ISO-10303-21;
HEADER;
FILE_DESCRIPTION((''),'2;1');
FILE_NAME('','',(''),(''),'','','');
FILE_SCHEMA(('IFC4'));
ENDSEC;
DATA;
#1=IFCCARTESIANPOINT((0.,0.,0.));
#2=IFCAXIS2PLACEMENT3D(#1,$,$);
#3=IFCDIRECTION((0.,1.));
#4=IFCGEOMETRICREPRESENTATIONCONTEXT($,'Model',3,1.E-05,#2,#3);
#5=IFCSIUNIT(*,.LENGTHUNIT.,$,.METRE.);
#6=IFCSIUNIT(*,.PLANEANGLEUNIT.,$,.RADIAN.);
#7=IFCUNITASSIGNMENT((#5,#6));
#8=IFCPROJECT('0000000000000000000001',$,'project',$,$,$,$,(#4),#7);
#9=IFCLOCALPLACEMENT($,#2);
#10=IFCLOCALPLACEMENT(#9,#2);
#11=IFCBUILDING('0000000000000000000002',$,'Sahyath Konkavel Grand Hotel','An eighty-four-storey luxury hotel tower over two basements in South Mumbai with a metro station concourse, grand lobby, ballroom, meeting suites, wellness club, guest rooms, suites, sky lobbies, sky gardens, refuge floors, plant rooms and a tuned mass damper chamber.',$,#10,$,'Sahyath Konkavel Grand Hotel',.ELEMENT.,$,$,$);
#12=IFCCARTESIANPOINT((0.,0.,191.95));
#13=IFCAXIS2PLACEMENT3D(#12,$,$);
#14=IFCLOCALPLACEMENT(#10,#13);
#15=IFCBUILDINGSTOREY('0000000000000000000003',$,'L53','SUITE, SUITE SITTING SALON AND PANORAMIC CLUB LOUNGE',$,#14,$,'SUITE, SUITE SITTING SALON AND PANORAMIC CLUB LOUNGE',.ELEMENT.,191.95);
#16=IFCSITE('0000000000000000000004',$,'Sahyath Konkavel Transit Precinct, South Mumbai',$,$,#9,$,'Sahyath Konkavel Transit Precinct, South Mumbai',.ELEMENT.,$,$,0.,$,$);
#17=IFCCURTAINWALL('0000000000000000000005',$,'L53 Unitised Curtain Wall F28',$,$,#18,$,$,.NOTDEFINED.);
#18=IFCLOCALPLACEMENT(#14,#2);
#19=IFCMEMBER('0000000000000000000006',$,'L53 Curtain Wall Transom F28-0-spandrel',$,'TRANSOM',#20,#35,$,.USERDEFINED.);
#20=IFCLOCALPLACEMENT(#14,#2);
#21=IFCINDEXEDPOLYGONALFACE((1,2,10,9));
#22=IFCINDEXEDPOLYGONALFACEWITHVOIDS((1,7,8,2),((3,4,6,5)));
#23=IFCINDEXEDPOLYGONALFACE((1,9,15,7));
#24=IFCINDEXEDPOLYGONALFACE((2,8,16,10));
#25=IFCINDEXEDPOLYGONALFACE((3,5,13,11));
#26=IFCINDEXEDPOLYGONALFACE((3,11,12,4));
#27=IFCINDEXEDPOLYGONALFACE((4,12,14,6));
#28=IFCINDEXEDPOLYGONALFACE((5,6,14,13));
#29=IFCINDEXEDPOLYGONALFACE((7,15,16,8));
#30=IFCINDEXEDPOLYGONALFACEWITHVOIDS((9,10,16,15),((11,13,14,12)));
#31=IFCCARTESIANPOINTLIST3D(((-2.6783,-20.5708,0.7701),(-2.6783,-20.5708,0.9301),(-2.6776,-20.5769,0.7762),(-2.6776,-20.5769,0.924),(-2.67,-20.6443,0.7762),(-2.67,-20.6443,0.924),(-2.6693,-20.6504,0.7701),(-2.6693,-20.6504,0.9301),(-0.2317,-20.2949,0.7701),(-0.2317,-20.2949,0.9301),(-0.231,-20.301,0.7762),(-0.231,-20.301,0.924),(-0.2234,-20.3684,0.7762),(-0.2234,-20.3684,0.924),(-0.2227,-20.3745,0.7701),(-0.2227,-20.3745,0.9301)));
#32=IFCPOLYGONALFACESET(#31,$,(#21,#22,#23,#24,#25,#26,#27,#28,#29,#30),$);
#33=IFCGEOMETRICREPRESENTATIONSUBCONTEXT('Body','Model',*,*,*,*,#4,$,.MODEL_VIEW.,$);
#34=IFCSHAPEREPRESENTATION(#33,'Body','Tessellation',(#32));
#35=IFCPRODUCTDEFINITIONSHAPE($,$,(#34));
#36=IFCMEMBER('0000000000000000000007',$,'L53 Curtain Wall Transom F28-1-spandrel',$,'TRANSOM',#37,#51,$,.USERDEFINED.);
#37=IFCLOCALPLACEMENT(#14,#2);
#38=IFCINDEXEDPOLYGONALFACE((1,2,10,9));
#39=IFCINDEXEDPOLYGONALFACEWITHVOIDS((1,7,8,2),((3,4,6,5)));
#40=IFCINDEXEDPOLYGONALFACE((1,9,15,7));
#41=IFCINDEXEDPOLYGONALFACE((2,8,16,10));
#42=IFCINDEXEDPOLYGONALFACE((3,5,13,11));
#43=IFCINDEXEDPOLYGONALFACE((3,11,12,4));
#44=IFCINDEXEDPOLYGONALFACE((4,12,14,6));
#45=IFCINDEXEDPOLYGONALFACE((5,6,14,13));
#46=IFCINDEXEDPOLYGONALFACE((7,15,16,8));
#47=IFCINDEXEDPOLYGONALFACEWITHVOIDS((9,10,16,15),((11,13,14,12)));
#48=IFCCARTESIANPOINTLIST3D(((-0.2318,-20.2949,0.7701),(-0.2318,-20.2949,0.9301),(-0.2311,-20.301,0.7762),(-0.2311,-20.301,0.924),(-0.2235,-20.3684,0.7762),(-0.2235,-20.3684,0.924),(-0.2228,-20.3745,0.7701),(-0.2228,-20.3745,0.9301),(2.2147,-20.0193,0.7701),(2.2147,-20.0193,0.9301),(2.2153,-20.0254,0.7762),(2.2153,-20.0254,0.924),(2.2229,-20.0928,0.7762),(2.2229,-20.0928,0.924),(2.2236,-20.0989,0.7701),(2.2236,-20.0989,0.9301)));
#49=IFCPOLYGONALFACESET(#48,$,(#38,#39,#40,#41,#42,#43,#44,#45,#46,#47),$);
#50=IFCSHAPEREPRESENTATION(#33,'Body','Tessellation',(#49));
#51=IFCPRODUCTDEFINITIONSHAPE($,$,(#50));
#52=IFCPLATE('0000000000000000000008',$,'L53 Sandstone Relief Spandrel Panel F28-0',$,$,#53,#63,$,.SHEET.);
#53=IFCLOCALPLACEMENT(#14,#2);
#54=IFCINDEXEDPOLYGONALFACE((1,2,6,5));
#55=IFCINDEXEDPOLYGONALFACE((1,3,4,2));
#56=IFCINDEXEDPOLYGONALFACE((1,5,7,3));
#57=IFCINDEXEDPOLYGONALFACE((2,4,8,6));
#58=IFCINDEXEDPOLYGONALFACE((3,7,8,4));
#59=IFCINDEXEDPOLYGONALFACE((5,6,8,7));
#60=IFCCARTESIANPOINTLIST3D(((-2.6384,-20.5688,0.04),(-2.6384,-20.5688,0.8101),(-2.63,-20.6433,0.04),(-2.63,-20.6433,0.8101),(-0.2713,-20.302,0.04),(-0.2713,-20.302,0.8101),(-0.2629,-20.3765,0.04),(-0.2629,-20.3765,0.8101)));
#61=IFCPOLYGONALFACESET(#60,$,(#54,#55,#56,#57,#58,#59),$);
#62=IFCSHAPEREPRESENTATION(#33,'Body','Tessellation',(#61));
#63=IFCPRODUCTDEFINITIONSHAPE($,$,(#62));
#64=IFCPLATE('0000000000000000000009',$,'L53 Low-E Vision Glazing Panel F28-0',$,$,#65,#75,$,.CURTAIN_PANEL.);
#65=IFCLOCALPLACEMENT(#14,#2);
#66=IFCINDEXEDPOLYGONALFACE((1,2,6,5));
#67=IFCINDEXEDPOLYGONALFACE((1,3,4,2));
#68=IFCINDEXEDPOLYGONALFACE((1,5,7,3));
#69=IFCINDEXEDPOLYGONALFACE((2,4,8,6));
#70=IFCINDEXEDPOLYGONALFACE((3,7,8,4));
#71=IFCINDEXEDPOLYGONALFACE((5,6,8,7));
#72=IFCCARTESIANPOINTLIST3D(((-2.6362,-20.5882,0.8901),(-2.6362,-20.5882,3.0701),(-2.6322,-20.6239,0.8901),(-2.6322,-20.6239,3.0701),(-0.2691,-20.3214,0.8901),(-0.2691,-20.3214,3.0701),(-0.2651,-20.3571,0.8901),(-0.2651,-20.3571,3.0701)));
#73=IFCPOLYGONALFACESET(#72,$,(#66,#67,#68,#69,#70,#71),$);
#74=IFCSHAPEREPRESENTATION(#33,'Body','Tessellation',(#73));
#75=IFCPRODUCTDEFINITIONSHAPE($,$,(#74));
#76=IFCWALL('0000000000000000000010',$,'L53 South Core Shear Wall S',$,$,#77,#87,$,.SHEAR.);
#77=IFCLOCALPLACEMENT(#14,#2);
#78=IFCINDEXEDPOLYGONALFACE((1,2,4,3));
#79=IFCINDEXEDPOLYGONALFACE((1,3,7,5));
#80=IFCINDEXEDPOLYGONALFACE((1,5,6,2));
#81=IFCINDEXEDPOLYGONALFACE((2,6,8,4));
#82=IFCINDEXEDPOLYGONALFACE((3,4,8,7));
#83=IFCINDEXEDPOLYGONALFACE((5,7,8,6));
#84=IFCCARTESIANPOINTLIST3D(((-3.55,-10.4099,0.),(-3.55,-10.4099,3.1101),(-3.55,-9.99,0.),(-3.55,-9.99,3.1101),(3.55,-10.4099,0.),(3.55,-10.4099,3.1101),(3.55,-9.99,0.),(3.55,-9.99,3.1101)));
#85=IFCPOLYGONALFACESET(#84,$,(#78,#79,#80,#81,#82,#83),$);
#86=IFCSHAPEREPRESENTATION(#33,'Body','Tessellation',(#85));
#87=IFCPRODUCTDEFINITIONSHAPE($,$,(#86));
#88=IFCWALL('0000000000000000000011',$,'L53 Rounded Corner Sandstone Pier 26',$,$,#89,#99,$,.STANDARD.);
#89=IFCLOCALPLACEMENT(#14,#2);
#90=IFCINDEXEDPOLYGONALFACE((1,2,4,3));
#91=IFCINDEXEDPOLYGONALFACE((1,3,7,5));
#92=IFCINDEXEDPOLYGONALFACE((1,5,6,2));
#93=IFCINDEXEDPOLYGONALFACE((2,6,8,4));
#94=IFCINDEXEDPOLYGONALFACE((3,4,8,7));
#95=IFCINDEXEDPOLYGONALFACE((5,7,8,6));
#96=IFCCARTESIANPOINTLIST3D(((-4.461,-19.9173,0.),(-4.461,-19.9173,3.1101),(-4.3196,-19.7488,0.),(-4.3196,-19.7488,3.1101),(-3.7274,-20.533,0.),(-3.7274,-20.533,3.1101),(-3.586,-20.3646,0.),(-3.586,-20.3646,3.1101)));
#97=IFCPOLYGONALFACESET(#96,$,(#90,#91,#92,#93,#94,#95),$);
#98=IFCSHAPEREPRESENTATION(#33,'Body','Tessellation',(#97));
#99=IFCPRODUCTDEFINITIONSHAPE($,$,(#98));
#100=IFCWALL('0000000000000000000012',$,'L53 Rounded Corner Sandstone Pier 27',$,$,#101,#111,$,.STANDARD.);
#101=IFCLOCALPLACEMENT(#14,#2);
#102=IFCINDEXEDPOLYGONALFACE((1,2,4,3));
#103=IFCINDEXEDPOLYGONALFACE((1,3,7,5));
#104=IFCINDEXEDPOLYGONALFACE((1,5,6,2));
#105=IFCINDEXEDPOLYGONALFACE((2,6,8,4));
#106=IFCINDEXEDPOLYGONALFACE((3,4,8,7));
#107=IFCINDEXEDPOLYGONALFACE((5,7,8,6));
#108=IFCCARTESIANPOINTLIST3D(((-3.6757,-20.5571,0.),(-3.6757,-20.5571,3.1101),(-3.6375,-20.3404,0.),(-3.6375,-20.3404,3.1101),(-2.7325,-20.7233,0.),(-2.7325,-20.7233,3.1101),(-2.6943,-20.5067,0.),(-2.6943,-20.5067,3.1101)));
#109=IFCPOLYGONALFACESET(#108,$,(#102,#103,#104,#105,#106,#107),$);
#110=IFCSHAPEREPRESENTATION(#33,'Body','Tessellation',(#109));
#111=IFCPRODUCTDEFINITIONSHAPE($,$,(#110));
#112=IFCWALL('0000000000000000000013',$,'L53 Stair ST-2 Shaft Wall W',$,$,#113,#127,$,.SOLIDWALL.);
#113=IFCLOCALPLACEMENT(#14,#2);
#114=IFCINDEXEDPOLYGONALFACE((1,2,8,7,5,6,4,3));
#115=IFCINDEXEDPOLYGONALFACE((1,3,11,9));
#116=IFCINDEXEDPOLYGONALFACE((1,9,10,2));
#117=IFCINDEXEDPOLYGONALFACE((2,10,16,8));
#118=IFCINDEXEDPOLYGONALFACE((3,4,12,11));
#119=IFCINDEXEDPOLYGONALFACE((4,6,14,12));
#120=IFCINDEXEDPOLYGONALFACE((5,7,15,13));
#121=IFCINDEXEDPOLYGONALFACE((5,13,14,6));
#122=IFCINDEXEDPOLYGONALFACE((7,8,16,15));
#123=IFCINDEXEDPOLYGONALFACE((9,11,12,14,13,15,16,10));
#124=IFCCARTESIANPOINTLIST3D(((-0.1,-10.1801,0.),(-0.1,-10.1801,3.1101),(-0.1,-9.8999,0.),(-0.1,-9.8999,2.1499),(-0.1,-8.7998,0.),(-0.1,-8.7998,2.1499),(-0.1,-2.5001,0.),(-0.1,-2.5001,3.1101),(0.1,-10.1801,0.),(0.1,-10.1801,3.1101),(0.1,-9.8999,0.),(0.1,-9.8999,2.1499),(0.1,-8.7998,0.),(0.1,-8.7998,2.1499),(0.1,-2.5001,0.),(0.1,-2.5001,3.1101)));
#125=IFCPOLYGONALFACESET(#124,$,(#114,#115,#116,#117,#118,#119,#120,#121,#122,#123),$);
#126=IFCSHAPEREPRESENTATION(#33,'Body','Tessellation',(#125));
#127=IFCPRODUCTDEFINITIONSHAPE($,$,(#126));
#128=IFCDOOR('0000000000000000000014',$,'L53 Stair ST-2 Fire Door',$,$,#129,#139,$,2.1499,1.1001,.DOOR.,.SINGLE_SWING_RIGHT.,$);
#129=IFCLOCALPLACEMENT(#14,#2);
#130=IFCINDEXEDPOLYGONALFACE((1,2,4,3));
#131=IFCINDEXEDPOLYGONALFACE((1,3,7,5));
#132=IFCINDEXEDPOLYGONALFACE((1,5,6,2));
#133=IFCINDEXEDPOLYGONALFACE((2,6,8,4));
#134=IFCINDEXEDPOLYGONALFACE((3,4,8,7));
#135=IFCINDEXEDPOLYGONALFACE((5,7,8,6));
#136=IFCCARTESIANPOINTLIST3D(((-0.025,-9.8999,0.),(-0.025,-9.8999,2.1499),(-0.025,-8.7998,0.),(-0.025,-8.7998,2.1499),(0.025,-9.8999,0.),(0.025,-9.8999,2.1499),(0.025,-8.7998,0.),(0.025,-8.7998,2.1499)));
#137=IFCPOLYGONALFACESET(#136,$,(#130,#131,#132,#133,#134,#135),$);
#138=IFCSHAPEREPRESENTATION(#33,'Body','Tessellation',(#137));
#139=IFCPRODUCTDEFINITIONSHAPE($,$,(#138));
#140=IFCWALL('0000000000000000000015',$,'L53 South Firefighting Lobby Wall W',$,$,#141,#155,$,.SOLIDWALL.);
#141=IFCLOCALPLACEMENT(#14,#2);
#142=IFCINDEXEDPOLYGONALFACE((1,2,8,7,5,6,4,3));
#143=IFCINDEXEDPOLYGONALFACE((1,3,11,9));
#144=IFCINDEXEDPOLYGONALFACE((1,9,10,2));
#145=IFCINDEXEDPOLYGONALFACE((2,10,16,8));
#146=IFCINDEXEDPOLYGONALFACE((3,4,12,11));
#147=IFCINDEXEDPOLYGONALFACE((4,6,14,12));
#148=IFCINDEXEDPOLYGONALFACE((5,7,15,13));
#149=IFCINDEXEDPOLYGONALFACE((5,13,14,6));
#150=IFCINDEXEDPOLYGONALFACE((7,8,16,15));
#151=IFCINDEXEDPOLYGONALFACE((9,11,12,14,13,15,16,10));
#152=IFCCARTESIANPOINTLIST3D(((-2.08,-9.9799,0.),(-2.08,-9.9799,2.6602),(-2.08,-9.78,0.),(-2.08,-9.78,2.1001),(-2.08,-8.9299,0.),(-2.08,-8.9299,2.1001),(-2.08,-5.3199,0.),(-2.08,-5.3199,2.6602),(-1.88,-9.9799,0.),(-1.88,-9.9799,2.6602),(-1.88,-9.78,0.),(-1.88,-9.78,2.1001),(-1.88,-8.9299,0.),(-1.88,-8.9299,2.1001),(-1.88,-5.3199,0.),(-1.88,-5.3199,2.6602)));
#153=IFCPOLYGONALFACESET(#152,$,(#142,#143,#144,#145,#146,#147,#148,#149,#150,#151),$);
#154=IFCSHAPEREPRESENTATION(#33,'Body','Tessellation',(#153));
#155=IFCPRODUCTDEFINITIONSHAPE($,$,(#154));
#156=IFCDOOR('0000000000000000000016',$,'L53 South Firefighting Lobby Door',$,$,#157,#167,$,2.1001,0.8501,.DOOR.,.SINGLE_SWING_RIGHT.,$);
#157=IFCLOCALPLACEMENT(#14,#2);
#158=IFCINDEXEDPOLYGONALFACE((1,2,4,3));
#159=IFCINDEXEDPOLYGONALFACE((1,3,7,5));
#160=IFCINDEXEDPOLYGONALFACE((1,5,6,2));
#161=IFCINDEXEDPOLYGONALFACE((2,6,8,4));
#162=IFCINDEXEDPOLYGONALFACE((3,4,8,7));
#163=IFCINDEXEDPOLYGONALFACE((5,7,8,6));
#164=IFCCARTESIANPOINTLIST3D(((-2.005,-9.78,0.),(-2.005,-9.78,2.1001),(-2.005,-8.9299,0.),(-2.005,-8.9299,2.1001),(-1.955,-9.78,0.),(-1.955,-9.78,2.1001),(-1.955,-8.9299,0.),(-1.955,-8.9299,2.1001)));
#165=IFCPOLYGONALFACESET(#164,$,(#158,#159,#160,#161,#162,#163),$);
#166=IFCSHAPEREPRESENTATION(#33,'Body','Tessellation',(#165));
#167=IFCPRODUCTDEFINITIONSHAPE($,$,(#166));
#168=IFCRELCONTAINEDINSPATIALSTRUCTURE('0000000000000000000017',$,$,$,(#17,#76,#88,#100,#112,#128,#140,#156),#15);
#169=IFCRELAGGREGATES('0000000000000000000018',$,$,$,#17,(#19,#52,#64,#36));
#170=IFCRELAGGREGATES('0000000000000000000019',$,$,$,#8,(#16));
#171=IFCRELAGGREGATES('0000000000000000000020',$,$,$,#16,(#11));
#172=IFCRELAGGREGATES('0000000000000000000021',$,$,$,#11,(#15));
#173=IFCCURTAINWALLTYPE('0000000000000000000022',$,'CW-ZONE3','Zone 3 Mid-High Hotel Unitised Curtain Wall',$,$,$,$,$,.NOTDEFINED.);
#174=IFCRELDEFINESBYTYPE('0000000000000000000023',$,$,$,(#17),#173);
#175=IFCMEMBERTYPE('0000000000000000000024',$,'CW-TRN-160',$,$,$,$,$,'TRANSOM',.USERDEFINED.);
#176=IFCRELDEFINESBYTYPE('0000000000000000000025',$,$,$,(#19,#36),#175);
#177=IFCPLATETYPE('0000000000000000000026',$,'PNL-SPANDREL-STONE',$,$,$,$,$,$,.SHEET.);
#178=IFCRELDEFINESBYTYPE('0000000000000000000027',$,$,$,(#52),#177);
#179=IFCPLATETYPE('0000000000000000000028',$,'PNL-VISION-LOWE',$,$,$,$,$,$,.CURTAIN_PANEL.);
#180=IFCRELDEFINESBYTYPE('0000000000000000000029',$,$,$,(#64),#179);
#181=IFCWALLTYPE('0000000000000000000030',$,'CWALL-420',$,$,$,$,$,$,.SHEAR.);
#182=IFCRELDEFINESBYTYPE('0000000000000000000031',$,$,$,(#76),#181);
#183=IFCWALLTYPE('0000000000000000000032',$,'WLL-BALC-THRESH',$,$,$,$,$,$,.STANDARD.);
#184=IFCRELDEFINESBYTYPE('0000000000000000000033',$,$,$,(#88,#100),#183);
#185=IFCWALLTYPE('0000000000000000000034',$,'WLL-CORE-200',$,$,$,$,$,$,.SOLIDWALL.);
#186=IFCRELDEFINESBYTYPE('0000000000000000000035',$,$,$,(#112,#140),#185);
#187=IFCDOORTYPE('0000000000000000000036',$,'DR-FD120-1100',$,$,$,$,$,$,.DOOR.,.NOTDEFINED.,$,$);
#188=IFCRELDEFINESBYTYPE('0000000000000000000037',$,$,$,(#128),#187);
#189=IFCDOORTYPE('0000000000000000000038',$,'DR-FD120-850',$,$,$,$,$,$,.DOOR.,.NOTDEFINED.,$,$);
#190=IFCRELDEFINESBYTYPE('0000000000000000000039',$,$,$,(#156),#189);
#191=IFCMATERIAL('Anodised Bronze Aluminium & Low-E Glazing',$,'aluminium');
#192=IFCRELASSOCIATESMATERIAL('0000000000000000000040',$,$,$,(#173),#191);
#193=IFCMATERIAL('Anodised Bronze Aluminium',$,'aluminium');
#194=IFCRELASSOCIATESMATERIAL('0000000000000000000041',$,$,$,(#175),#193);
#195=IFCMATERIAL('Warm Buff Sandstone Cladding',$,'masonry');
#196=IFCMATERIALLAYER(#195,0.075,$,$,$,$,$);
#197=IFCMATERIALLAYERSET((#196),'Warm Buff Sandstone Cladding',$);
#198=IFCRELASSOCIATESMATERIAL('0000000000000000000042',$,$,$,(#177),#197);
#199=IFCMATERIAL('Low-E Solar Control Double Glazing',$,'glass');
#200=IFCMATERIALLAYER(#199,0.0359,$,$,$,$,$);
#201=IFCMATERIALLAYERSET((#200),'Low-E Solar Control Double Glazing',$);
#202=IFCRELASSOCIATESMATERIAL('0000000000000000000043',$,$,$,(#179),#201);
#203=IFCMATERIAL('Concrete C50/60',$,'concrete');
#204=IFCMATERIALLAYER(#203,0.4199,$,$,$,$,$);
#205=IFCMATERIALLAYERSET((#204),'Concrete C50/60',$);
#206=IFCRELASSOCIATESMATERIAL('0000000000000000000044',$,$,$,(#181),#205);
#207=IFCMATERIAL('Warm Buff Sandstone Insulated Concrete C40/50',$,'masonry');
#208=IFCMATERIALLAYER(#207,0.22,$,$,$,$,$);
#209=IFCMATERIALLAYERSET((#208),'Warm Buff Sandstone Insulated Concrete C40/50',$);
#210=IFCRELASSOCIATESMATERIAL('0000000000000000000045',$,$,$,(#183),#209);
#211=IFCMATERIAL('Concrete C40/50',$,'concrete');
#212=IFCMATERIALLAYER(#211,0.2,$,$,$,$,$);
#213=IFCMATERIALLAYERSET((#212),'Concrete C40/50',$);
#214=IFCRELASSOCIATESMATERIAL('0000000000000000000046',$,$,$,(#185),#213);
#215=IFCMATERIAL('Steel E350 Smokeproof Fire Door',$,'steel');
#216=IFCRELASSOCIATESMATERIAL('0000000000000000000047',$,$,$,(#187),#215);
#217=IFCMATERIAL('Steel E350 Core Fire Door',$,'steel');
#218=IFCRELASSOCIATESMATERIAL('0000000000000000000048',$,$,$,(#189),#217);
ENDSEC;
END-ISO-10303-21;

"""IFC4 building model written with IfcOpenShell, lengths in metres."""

from ifc_helpers import new_model, si_unit, direction, frame, frame_2d, origin, origin_2d, place, context, subcontext, project, spatial, rectangle, hollow_rectangle, extrude, source, transform, mapped, material, layer, layer_set, material_profile, profile_set, type_object, element, fill, aggregate, save


model = new_model("IFC4")

# Units and contexts
model_context = context("Model", 3, precision=1e-05, world=origin(), true_north=direction((0.0, 1.0)))
body_context = subcontext(model_context, "Body", "Model", "MODEL_VIEW")
ifc_project = project(units=[si_unit("LENGTHUNIT", "METRE"), si_unit("PLANEANGLEUNIT", "RADIAN")], contexts=[model_context])

# Site, building, storey
site_placement = place(None, origin())
site = spatial("IfcSite", under=ifc_project, at=site_placement, Name="Sahyath Konkavel Transit Precinct, South Mumbai", LongName="Sahyath Konkavel Transit Precinct, South Mumbai", CompositionType="ELEMENT", RefElevation=0.0)
building_placement = place(site_placement, origin())
building = spatial("IfcBuilding", under=site, at=building_placement, Name="Sahyath Konkavel Grand Hotel", Description="An eighty-four-storey luxury hotel tower over two basements in South Mumbai with a metro station concourse, grand lobby, ballroom, meeting suites, wellness club, guest rooms, suites, sky lobbies, sky gardens, refuge floors, plant rooms and a tuned mass damper chamber.", LongName="Sahyath Konkavel Grand Hotel", CompositionType="ELEMENT")
storey_placement = place(building_placement, frame((0.0, 0.0, 191.95)))
storey = spatial("IfcBuildingStorey", under=building, at=storey_placement, Name="L53", Description="SUITE, SUITE SITTING SALON AND PANORAMIC CLUB LOUNGE", LongName="SUITE, SUITE SITTING SALON AND PANORAMIC CLUB LOUNGE", CompositionType="ELEMENT", Elevation=191.95)

# Shared definitions
ifc_material_1 = material(Name="Concrete C50/60", Category="concrete")
ifc_material_2 = material(Name="Concrete C40/50", Category="concrete")

# Curtain wall, members, plates
ifc_material_3 = material(Name="Anodised Bronze Aluminium & Low-E Glazing", Category="aluminium")
curtain_wall_type = type_object("IfcCurtainWallType", Name="CW-ZONE3", Description="Zone 3 Mid-High Hotel Unitised Curtain Wall", PredefinedType="NOTDEFINED", material=ifc_material_3)
curtain_wall_placement = place(storey_placement, origin())
curtain_wall = element("IfcCurtainWall", 1, at=curtain_wall_placement, inside=storey, type_object=curtain_wall_type, Name="L53 Unitised Curtain Wall F28", PredefinedType="NOTDEFINED")
ifc_material_4 = material(Name="Anodised Bronze Aluminium", Category="aluminium")
ifc_material_profile_1 = material_profile(ifc_material_4, hollow_rectangle(XDim=0.0801, YDim=0.1599, WallThickness=0.0061, at=origin_2d()), Name="RHS 160x80x6")
ifc_profile_set_1 = profile_set([ifc_material_profile_1], Name="Anodised Bronze Aluminium")
member_type_1 = type_object("IfcMemberType", Name="CW-TRN-160", ElementType="TRANSOM", PredefinedType="USERDEFINED", material=ifc_profile_set_1)
shared_shape_1 = source(origin(), body_context, "Body", "SweptSolid", [
    extrude(hollow_rectangle(XDim=0.0801, YDim=0.1599, WallThickness=0.0061, at=origin_2d()), origin(), (0.0, 0.0, 1.0), 2.4622),
])
member_1_placement = place(storey_placement, frame((-2.6738, -20.6106, 0.8501), z_axis=(0.993702, 0.112053, 0.0), x_axis=(-0.112053, 0.993702, 0.0)))
member_1 = element("IfcMember", 2, at=member_1_placement, type_object=member_type_1, Name="L53 Curtain Wall Transom F28-0-spandrel", ObjectType="TRANSOM", PredefinedType="USERDEFINED", context=body_context, shape_type="MappedRepresentation", body=[
    mapped(shared_shape_1, transform((0.0, 0.0, 0.0), scale=1.0)),
])
shared_shape_2 = source(origin(), body_context, "Body", "SweptSolid", [
    extrude(hollow_rectangle(XDim=0.0801, YDim=0.1599, WallThickness=0.0061, at=origin_2d()), origin(), (0.0, 0.0, 1.0), 2.4619),
])
member_2_placement = place(storey_placement, frame((-0.2273, -20.3347, 0.8501), z_axis=(0.993713, 0.111955, 0.0), x_axis=(-0.111955, 0.993713, 0.0)))
member_2 = element("IfcMember", 3, at=member_2_placement, type_object=member_type_1, Name="L53 Curtain Wall Transom F28-1-spandrel", ObjectType="TRANSOM", PredefinedType="USERDEFINED", context=body_context, shape_type="MappedRepresentation", body=[
    mapped(shared_shape_2, transform((0.0, 0.0, 0.0), scale=1.0)),
])
ifc_material_5 = material(Name="Warm Buff Sandstone Cladding", Category="masonry")
ifc_layer_1 = layer(ifc_material_5, 0.075)
ifc_layer_set_1 = layer_set([ifc_layer_1], Name="Warm Buff Sandstone Cladding")
plate_type_1 = type_object("IfcPlateType", Name="PNL-SPANDREL-STONE", PredefinedType="SHEET", material=ifc_layer_set_1)
shared_shape_3 = source(origin(), body_context, "Body", "SweptSolid", [
    extrude(rectangle(XDim=2.3821, YDim=0.075, at=origin_2d()), origin(), (0.0, 0.0, 1.0), 0.77),
])
plate_1_placement = place(storey_placement, frame((-1.4507, -20.4727, 0.04), z_axis=(0.0, 0.0, 1.0), x_axis=(0.993707, 0.112007, 0.0)))
plate_1 = element("IfcPlate", 4, at=plate_1_placement, type_object=plate_type_1, Name="L53 Sandstone Relief Spandrel Panel F28-0", PredefinedType="SHEET", context=body_context, shape_type="MappedRepresentation", body=[
    mapped(shared_shape_3, transform((0.0, 0.0, 0.0), scale=1.0)),
])
ifc_material_6 = material(Name="Low-E Solar Control Double Glazing", Category="glass")
ifc_layer_2 = layer(ifc_material_6, 0.0359)
ifc_layer_set_2 = layer_set([ifc_layer_2], Name="Low-E Solar Control Double Glazing")
plate_type_2 = type_object("IfcPlateType", Name="PNL-VISION-LOWE", PredefinedType="CURTAIN_PANEL", material=ifc_layer_set_2)
shared_shape_4 = source(origin(), body_context, "Body", "SweptSolid", [
    extrude(rectangle(XDim=2.3821, YDim=0.0359, at=origin_2d()), origin(), (0.0, 0.0, 1.0), 2.1799),
])
plate_2_placement = place(storey_placement, frame((-1.4507, -20.4727, 0.8901), z_axis=(0.0, 0.0, 1.0), x_axis=(0.993707, 0.112007, 0.0)))
plate_2 = element("IfcPlate", 5, at=plate_2_placement, type_object=plate_type_2, Name="L53 Low-E Vision Glazing Panel F28-0", PredefinedType="CURTAIN_PANEL", context=body_context, shape_type="MappedRepresentation", body=[
    mapped(shared_shape_4, transform((0.0, 0.0, 0.0), scale=1.0)),
])
aggregate(curtain_wall, [member_1, plate_1, plate_2, member_2])

# Walls
ifc_layer_3 = layer(ifc_material_1, 0.4199)
ifc_layer_set_3 = layer_set([ifc_layer_3], Name="Concrete C50/60")
wall_type_1 = type_object("IfcWallType", Name="CWALL-420", PredefinedType="SHEAR", material=ifc_layer_set_3)
wall_1_placement = place(storey_placement, frame((-3.55, -10.2, 0.0), z_axis=(0.0, 0.0, 1.0), x_axis=(1.0, 0.0, 0.0)))
element("IfcWall", 6, at=wall_1_placement, inside=storey, type_object=wall_type_1, Name="L53 South Core Shear Wall S", PredefinedType="SHEAR", context=body_context, shape_type="SweptSolid", body=[
    extrude(rectangle(XDim=7.1001, YDim=0.4199, at=frame_2d((3.55, 0.0))), origin(), (0.0, 0.0, 1.0), 3.1101),
])
ifc_material_7 = material(Name="Warm Buff Sandstone Insulated Concrete C40/50", Category="masonry")
ifc_layer_4 = layer(ifc_material_7, 0.22)
ifc_layer_set_4 = layer_set([ifc_layer_4], Name="Warm Buff Sandstone Insulated Concrete C40/50")
wall_type_2 = type_object("IfcWallType", Name="WLL-BALC-THRESH", PredefinedType="STANDARD", material=ifc_layer_set_4)
for number, where, z_axis, x_axis, name in (
    (7, (-4.3904, -19.833, 0.0), (0.0, 0.0, 1.0), (0.765981, -0.642863, 0.0), "L53 Rounded Corner Sandstone Pier 26"),
    (8, (-3.6567, -20.4487, 0.0), (0.0, 0.0, 1.0), (0.984814, -0.173611, 0.0), "L53 Rounded Corner Sandstone Pier 27"),
):
    element("IfcWall", number, at=place(storey_placement, frame(where, z_axis=z_axis, x_axis=x_axis)), inside=storey, type_object=wall_type_2, Name=name, PredefinedType="STANDARD", context=body_context, shape_type="SweptSolid", body=[
        extrude(rectangle(XDim=0.9578, YDim=0.22, at=frame_2d((0.479, 0.0))), origin(), (0.0, 0.0, 1.0), 3.1101),
    ])

# Walls, openings, doors
ifc_layer_5 = layer(ifc_material_2, 0.2)
ifc_layer_set_5 = layer_set([ifc_layer_5], Name="Concrete C40/50")
wall_type_3 = type_object("IfcWallType", Name="WLL-CORE-200", PredefinedType="SOLIDWALL", material=ifc_layer_set_5)
wall_2_placement = place(storey_placement, frame((0.0, -10.1799, 0.0), z_axis=(0.0, 0.0, 1.0), x_axis=(0.0, 1.0, 0.0)))
wall_2 = element("IfcWall", 9, at=wall_2_placement, inside=storey, type_object=wall_type_3, Name="L53 Stair ST-2 Shaft Wall W", PredefinedType="SOLIDWALL", context=body_context, shape_type="SweptSolid", body=[
    extrude(rectangle(XDim=7.6799, YDim=0.2, at=frame_2d((3.8398, 0.0))), origin(), (0.0, 0.0, 1.0), 3.1101),
])
opening_1_placement = place(wall_2_placement, frame((0.28, 0.0, 0.0)))
opening_1 = element("IfcOpeningElement", 10, at=opening_1_placement, cuts=wall_2, PredefinedType="OPENING", context=body_context, shape_type="SweptSolid", body=[
    extrude(rectangle(XDim=1.1001, YDim=2.1499, at=frame_2d((0.55, 1.075))), frame((0.0, 0.1099, 0.0), z_axis=(0.0, -1.0, 0.0), x_axis=(1.0, 0.0, 0.0)), (0.0, 0.0, 1.0), 0.22),
])
ifc_material_8 = material(Name="Steel E350 Smokeproof Fire Door", Category="steel")
door_type_1 = type_object("IfcDoorType", Name="DR-FD120-1100", OperationType="NOTDEFINED", PredefinedType="DOOR", material=ifc_material_8)
shared_shape_5 = source(origin(), body_context, "Body", "SweptSolid", [
    extrude(rectangle(XDim=1.1001, YDim=0.05, at=origin_2d()), origin(), (0.0, 0.0, 1.0), 2.1499),
])
door_1_placement = place(opening_1_placement, frame((0.55, 0.0, 0.0)))
door_1 = element("IfcDoor", 11, at=door_1_placement, inside=storey, type_object=door_type_1, Name="L53 Stair ST-2 Fire Door", OperationType="SINGLE_SWING_RIGHT", OverallHeight=2.1499, OverallWidth=1.1001, PredefinedType="DOOR", context=body_context, shape_type="MappedRepresentation", body=[
    mapped(shared_shape_5, transform((0.0, 0.0, 0.0), scale=1.0)),
])
fill(opening_1, door_1)
wall_3_placement = place(storey_placement, frame((-1.98, -9.98, 0.0), z_axis=(0.0, 0.0, 1.0), x_axis=(0.0, 1.0, 0.0)))
wall_3 = element("IfcWall", 12, at=wall_3_placement, inside=storey, type_object=wall_type_3, Name="L53 South Firefighting Lobby Wall W", PredefinedType="SOLIDWALL", context=body_context, shape_type="SweptSolid", body=[
    extrude(rectangle(XDim=4.6599, YDim=0.2, at=frame_2d((2.3301, 0.0))), origin(), (0.0, 0.0, 1.0), 2.6602),
])
opening_2_placement = place(wall_3_placement, frame((0.2, 0.0, 0.0)))
opening_2 = element("IfcOpeningElement", 13, at=opening_2_placement, cuts=wall_3, PredefinedType="OPENING", context=body_context, shape_type="SweptSolid", body=[
    extrude(rectangle(XDim=0.8501, YDim=2.1001, at=frame_2d((0.425, 1.05))), frame((0.0, 0.1099, 0.0), z_axis=(0.0, -1.0, 0.0), x_axis=(1.0, 0.0, 0.0)), (0.0, 0.0, 1.0), 0.22),
])
ifc_material_9 = material(Name="Steel E350 Core Fire Door", Category="steel")
door_type_2 = type_object("IfcDoorType", Name="DR-FD120-850", OperationType="NOTDEFINED", PredefinedType="DOOR", material=ifc_material_9)
shared_shape_6 = source(origin(), body_context, "Body", "SweptSolid", [
    extrude(rectangle(XDim=0.8501, YDim=0.05, at=origin_2d()), origin(), (0.0, 0.0, 1.0), 2.1001),
])
door_2_placement = place(opening_2_placement, frame((0.425, 0.0, 0.0)))
door_2 = element("IfcDoor", 14, at=door_2_placement, inside=storey, type_object=door_type_2, Name="L53 South Firefighting Lobby Door", OperationType="SINGLE_SWING_RIGHT", OverallHeight=2.1001, OverallWidth=0.8501, PredefinedType="DOOR", context=body_context, shape_type="MappedRepresentation", body=[
    mapped(shared_shape_6, transform((0.0, 0.0, 0.0), scale=1.0)),
])
fill(opening_2, door_2)

save(model, "model.ifc")
